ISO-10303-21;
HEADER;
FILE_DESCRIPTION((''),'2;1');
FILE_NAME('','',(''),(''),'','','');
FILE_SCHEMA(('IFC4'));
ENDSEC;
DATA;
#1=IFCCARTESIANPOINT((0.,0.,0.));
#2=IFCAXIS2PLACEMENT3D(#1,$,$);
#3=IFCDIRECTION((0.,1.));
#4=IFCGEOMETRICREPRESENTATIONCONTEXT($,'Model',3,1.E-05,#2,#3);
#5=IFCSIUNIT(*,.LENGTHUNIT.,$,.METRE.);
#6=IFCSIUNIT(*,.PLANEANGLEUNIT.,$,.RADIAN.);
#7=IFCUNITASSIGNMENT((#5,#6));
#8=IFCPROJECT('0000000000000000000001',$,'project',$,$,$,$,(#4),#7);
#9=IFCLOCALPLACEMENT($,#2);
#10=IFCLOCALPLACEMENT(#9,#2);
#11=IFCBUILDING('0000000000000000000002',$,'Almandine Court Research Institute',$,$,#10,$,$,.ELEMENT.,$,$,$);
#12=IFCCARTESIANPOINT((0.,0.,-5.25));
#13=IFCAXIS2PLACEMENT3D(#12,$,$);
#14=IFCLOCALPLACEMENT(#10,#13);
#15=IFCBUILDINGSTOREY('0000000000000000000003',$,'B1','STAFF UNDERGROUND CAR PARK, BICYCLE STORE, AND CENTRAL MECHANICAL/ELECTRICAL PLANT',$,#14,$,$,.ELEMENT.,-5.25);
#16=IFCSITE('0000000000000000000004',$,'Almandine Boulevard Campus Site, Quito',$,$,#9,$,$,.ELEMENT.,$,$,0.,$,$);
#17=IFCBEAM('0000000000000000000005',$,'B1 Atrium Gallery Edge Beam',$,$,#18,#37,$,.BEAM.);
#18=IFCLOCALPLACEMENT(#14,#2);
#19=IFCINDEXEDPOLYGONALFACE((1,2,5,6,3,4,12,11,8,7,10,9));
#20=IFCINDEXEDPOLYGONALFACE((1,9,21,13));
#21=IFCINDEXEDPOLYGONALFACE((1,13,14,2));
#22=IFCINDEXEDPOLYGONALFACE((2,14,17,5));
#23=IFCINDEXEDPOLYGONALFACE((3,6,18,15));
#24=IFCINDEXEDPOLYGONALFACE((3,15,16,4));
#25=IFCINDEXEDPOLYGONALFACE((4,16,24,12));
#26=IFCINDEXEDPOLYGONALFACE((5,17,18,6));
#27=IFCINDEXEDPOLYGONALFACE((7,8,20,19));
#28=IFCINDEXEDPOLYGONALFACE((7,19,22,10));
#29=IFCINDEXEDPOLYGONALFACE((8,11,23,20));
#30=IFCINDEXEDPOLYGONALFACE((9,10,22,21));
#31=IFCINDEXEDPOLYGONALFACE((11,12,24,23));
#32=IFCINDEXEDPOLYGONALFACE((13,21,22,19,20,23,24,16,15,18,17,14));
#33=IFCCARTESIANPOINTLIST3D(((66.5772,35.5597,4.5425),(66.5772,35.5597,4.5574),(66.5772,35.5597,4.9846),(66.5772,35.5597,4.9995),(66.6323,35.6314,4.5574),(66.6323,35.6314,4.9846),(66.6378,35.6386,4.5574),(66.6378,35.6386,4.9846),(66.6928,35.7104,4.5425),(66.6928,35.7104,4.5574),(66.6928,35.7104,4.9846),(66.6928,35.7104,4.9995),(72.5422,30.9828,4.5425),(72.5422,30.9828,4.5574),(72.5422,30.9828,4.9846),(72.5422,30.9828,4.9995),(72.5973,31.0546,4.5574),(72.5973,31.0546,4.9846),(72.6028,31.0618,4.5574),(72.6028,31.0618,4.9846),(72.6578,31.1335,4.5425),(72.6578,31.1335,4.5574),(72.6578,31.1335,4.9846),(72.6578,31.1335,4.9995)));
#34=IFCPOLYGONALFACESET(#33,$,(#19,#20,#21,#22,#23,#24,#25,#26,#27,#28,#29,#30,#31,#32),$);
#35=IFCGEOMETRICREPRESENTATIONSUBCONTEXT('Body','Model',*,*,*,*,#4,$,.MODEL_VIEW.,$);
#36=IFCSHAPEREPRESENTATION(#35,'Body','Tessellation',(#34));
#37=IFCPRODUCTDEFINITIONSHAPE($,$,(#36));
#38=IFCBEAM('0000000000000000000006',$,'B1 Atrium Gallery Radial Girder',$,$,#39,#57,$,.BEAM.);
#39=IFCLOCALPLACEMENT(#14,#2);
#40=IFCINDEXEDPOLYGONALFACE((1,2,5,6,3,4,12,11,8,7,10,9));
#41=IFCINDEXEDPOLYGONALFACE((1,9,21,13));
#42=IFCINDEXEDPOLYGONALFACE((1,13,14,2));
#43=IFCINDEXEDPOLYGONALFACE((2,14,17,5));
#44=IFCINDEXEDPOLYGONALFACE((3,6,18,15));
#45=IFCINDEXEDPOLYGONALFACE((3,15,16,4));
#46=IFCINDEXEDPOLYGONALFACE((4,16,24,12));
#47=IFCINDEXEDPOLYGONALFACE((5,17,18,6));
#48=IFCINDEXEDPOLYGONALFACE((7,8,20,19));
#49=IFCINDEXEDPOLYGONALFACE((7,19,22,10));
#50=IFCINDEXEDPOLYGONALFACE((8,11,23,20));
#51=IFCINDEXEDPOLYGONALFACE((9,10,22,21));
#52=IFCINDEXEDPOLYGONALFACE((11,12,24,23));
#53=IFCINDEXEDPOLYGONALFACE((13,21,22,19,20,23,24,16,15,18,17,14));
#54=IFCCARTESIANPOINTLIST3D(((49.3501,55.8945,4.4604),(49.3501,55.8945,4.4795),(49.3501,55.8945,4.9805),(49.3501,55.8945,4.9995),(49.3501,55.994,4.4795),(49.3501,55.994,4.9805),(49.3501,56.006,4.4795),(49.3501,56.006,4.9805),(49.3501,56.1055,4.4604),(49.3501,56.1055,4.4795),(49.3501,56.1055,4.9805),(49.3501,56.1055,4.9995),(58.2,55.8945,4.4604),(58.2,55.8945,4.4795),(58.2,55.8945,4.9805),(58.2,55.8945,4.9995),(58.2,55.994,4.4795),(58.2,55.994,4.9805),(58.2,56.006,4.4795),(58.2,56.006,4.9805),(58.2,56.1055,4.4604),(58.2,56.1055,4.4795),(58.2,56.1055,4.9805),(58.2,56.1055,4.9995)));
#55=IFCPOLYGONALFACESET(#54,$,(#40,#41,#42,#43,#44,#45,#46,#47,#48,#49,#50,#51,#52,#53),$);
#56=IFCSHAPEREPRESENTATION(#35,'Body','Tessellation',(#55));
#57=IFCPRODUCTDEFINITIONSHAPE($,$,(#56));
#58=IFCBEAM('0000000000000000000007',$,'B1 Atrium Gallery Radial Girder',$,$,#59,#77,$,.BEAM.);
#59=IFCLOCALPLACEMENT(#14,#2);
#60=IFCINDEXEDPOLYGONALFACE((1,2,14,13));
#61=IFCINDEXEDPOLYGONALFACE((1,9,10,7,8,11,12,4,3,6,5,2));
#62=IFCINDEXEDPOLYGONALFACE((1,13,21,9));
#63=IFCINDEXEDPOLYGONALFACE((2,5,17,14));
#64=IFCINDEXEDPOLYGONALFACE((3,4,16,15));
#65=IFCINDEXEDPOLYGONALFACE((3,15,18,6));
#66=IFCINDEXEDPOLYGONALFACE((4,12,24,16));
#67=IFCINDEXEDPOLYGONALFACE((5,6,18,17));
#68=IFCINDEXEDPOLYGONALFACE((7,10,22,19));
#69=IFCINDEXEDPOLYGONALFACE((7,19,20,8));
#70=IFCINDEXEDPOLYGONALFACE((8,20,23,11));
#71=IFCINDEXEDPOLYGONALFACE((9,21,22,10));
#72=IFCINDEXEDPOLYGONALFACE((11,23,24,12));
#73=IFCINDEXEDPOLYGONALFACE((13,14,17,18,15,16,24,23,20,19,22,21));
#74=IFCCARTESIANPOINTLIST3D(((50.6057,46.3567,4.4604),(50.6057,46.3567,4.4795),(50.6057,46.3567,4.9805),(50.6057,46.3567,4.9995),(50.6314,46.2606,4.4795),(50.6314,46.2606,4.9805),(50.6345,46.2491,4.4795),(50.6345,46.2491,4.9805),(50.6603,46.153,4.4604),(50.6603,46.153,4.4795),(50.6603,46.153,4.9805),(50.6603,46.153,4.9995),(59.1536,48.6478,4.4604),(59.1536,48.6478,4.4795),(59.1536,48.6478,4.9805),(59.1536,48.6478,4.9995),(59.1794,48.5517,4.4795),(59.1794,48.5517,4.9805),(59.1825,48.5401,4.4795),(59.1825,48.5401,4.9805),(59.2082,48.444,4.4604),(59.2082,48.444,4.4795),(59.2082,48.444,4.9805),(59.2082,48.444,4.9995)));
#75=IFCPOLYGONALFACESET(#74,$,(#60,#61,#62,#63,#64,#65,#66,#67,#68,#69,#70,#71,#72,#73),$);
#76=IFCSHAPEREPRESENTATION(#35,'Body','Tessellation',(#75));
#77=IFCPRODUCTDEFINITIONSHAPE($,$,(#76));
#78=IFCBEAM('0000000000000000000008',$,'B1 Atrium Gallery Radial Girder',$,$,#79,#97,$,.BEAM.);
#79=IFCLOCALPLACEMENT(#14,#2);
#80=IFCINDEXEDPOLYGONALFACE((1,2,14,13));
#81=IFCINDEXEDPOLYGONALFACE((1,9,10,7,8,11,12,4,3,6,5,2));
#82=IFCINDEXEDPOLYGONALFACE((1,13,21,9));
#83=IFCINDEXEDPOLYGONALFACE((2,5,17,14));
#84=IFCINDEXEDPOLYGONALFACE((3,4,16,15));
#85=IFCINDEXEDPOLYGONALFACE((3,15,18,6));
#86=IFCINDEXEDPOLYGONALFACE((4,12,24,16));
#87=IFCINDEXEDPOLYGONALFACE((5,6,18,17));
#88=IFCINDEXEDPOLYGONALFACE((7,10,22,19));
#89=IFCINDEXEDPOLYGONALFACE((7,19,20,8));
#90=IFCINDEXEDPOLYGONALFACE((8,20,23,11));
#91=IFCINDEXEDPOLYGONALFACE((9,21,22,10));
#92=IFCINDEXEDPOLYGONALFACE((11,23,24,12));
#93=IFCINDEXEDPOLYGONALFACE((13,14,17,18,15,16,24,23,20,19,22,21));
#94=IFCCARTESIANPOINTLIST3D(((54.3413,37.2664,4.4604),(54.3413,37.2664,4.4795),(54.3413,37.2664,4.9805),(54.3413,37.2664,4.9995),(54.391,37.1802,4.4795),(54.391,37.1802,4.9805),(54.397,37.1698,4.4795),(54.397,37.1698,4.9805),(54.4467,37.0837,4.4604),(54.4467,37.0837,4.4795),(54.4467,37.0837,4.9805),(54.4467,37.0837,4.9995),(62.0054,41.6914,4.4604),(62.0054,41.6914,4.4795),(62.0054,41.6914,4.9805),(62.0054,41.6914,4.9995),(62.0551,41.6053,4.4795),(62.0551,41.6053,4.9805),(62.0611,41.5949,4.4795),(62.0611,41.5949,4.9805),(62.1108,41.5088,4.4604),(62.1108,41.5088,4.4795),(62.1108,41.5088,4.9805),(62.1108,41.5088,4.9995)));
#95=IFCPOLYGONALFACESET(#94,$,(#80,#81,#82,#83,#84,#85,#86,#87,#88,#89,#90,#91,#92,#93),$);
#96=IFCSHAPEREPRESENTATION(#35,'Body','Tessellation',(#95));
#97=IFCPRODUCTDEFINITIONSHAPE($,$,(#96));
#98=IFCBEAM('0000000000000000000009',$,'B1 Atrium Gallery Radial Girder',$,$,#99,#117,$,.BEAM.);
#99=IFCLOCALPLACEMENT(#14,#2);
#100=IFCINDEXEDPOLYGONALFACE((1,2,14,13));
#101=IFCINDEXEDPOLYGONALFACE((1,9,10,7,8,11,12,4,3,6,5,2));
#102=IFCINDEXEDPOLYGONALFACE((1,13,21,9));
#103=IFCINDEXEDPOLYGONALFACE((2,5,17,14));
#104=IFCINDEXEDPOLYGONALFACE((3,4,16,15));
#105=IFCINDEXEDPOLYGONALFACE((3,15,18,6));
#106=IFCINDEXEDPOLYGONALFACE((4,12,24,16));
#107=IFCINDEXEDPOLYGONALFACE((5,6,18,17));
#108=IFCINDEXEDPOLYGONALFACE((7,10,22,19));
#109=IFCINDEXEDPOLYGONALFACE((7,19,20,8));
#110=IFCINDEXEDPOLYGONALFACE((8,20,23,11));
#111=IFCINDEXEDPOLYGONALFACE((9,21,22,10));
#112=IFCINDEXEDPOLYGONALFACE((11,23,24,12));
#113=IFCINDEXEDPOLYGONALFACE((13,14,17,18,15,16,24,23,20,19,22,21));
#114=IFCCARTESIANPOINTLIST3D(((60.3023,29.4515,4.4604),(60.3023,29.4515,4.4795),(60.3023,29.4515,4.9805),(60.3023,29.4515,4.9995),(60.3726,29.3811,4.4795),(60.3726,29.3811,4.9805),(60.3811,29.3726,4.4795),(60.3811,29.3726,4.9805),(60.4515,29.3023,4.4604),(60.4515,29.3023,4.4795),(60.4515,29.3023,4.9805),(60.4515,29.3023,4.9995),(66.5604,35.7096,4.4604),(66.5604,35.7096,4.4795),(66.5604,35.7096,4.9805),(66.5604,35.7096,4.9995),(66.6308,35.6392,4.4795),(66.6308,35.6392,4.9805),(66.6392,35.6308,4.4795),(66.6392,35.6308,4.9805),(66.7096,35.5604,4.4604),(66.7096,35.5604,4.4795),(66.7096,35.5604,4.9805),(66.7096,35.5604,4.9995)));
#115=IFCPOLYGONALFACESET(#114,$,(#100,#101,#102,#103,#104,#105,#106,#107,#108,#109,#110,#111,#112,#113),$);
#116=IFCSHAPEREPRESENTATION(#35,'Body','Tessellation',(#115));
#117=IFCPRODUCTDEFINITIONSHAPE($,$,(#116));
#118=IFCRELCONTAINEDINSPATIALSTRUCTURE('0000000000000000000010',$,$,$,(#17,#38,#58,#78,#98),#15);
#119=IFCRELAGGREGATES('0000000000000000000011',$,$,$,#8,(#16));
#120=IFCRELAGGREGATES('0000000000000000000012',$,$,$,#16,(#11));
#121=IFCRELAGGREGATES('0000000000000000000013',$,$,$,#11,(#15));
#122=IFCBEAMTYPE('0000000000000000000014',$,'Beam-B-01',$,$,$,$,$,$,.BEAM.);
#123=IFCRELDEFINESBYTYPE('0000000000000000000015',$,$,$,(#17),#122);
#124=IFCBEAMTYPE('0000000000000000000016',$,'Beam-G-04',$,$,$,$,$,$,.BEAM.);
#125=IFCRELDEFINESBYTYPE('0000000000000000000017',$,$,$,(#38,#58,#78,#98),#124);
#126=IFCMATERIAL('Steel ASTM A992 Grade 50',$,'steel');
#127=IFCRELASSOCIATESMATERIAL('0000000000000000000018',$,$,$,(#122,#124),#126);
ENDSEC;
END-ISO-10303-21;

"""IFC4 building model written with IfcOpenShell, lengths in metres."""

from ifc_helpers import new_model, si_unit, direction, frame, origin, origin_2d, place, context, subcontext, project, spatial, i_section, extrude, material, material_profile, profile_set, type_object, element, save


model = new_model("IFC4")

# Units and contexts
model_context = context("Model", 3, precision=1e-05, world=origin(), true_north=direction((0.0, 1.0)))
body_context = subcontext(model_context, "Body", "Model", "MODEL_VIEW")
ifc_project = project(units=[si_unit("LENGTHUNIT", "METRE"), si_unit("PLANEANGLEUNIT", "RADIAN")], contexts=[model_context])

# Site, building, storey
site_placement = place(None, origin())
site = spatial("IfcSite", under=ifc_project, at=site_placement, Name="Almandine Boulevard Campus Site, Quito", CompositionType="ELEMENT", RefElevation=0.0)
building_placement = place(site_placement, origin())
building = spatial("IfcBuilding", under=site, at=building_placement, Name="Almandine Court Research Institute", CompositionType="ELEMENT")
storey_placement = place(building_placement, frame((0.0, 0.0, -5.25)))
storey = spatial("IfcBuildingStorey", under=building, at=storey_placement, Name="B1", Description="STAFF UNDERGROUND CAR PARK, BICYCLE STORE, AND CENTRAL MECHANICAL/ELECTRICAL PLANT", CompositionType="ELEMENT", Elevation=-5.25)

# Beams
ifc_material_1 = material(Name="Steel ASTM A992 Grade 50", Category="steel")
ifc_material_profile_1 = material_profile(ifc_material_1, i_section(OverallWidth=0.1899, OverallDepth=0.457, WebThickness=0.009, FlangeThickness=0.0149, at=origin_2d()), Name="W460x74")
ifc_profile_set_1 = profile_set([ifc_material_profile_1], Name="Steel ASTM A992 Grade 50")
beam_type_1 = type_object("IfcBeamType", Name="Beam-B-01", PredefinedType="BEAM", material=ifc_profile_set_1)
for number, where, z_axis, x_axis, name in (
    (1, (66.635, 35.635, 4.771), (0.793371, -0.608739, 0.0), (0.608739, 0.793371, 0.0), "B1 Atrium Gallery Edge Beam"),
):
    element("IfcBeam", number, at=place(storey_placement, frame(where, z_axis=z_axis, x_axis=x_axis)), inside=storey, type_object=beam_type_1, Name=name, PredefinedType="BEAM", context=body_context, shape_type="SweptSolid", body=[
        extrude(i_section(OverallWidth=0.1899, OverallDepth=0.457, WebThickness=0.009, FlangeThickness=0.0149, at=origin_2d()), origin(), (0.0, 0.0, 1.0), 7.5186),
    ])
ifc_material_profile_2 = material_profile(ifc_material_1, i_section(OverallWidth=0.2109, OverallDepth=0.5391, WebThickness=0.012, FlangeThickness=0.019, at=origin_2d()), Name="W530x109")
ifc_profile_set_2 = profile_set([ifc_material_profile_2], Name="Steel ASTM A992 Grade 50")
beam_type_2 = type_object("IfcBeamType", Name="Beam-G-04", PredefinedType="BEAM", material=ifc_profile_set_2)
beam_1_placement = place(storey_placement, frame((58.2, 56.0, 4.73), z_axis=(-1.0, 0.0, 0.0), x_axis=(0.0, -1.0, 0.0)))
element("IfcBeam", 2, at=beam_1_placement, inside=storey, type_object=beam_type_2, Name="B1 Atrium Gallery Radial Girder", PredefinedType="BEAM", context=body_context, shape_type="SweptSolid", body=[
    extrude(i_section(OverallWidth=0.2109, OverallDepth=0.5391, WebThickness=0.012, FlangeThickness=0.019, at=origin_2d()), origin(), (0.0, 0.0, 1.0), 8.8499),
])
beam_2_placement = place(storey_placement, frame((59.1809, 48.5459, 4.73), z_axis=(-0.965908, -0.258885, 0.0), x_axis=(0.258885, -0.965908, 0.0)))
element("IfcBeam", 3, at=beam_2_placement, inside=storey, type_object=beam_type_2, Name="B1 Atrium Gallery Radial Girder", PredefinedType="BEAM", context=body_context, shape_type="SweptSolid", body=[
    extrude(i_section(OverallWidth=0.2109, OverallDepth=0.5391, WebThickness=0.012, FlangeThickness=0.019, at=origin_2d()), origin(), (0.0, 0.0, 1.0), 8.8496),
])
beam_3_placement = place(storey_placement, frame((62.0581, 41.6001, 4.73), z_axis=(-0.866016, -0.500017, 0.0), x_axis=(0.500017, -0.866016, 0.0)))
element("IfcBeam", 4, at=beam_3_placement, inside=storey, type_object=beam_type_2, Name="B1 Atrium Gallery Radial Girder", PredefinedType="BEAM", context=body_context, shape_type="SweptSolid", body=[
    extrude(i_section(OverallWidth=0.2109, OverallDepth=0.5391, WebThickness=0.012, FlangeThickness=0.019, at=origin_2d()), origin(), (0.0, 0.0, 1.0), 8.8499),
])
beam_4_placement = place(storey_placement, frame((66.635, 35.635, 4.73), z_axis=(-0.707107, -0.707107, 0.0), x_axis=(0.707107, -0.707107, 0.0)))
element("IfcBeam", 5, at=beam_4_placement, inside=storey, type_object=beam_type_2, Name="B1 Atrium Gallery Radial Girder", PredefinedType="BEAM", context=body_context, shape_type="SweptSolid", body=[
    extrude(i_section(OverallWidth=0.2109, OverallDepth=0.5391, WebThickness=0.012, FlangeThickness=0.019, at=origin_2d()), origin(), (0.0, 0.0, 1.0), 8.8503),
])

save(model, "model.ifc")
